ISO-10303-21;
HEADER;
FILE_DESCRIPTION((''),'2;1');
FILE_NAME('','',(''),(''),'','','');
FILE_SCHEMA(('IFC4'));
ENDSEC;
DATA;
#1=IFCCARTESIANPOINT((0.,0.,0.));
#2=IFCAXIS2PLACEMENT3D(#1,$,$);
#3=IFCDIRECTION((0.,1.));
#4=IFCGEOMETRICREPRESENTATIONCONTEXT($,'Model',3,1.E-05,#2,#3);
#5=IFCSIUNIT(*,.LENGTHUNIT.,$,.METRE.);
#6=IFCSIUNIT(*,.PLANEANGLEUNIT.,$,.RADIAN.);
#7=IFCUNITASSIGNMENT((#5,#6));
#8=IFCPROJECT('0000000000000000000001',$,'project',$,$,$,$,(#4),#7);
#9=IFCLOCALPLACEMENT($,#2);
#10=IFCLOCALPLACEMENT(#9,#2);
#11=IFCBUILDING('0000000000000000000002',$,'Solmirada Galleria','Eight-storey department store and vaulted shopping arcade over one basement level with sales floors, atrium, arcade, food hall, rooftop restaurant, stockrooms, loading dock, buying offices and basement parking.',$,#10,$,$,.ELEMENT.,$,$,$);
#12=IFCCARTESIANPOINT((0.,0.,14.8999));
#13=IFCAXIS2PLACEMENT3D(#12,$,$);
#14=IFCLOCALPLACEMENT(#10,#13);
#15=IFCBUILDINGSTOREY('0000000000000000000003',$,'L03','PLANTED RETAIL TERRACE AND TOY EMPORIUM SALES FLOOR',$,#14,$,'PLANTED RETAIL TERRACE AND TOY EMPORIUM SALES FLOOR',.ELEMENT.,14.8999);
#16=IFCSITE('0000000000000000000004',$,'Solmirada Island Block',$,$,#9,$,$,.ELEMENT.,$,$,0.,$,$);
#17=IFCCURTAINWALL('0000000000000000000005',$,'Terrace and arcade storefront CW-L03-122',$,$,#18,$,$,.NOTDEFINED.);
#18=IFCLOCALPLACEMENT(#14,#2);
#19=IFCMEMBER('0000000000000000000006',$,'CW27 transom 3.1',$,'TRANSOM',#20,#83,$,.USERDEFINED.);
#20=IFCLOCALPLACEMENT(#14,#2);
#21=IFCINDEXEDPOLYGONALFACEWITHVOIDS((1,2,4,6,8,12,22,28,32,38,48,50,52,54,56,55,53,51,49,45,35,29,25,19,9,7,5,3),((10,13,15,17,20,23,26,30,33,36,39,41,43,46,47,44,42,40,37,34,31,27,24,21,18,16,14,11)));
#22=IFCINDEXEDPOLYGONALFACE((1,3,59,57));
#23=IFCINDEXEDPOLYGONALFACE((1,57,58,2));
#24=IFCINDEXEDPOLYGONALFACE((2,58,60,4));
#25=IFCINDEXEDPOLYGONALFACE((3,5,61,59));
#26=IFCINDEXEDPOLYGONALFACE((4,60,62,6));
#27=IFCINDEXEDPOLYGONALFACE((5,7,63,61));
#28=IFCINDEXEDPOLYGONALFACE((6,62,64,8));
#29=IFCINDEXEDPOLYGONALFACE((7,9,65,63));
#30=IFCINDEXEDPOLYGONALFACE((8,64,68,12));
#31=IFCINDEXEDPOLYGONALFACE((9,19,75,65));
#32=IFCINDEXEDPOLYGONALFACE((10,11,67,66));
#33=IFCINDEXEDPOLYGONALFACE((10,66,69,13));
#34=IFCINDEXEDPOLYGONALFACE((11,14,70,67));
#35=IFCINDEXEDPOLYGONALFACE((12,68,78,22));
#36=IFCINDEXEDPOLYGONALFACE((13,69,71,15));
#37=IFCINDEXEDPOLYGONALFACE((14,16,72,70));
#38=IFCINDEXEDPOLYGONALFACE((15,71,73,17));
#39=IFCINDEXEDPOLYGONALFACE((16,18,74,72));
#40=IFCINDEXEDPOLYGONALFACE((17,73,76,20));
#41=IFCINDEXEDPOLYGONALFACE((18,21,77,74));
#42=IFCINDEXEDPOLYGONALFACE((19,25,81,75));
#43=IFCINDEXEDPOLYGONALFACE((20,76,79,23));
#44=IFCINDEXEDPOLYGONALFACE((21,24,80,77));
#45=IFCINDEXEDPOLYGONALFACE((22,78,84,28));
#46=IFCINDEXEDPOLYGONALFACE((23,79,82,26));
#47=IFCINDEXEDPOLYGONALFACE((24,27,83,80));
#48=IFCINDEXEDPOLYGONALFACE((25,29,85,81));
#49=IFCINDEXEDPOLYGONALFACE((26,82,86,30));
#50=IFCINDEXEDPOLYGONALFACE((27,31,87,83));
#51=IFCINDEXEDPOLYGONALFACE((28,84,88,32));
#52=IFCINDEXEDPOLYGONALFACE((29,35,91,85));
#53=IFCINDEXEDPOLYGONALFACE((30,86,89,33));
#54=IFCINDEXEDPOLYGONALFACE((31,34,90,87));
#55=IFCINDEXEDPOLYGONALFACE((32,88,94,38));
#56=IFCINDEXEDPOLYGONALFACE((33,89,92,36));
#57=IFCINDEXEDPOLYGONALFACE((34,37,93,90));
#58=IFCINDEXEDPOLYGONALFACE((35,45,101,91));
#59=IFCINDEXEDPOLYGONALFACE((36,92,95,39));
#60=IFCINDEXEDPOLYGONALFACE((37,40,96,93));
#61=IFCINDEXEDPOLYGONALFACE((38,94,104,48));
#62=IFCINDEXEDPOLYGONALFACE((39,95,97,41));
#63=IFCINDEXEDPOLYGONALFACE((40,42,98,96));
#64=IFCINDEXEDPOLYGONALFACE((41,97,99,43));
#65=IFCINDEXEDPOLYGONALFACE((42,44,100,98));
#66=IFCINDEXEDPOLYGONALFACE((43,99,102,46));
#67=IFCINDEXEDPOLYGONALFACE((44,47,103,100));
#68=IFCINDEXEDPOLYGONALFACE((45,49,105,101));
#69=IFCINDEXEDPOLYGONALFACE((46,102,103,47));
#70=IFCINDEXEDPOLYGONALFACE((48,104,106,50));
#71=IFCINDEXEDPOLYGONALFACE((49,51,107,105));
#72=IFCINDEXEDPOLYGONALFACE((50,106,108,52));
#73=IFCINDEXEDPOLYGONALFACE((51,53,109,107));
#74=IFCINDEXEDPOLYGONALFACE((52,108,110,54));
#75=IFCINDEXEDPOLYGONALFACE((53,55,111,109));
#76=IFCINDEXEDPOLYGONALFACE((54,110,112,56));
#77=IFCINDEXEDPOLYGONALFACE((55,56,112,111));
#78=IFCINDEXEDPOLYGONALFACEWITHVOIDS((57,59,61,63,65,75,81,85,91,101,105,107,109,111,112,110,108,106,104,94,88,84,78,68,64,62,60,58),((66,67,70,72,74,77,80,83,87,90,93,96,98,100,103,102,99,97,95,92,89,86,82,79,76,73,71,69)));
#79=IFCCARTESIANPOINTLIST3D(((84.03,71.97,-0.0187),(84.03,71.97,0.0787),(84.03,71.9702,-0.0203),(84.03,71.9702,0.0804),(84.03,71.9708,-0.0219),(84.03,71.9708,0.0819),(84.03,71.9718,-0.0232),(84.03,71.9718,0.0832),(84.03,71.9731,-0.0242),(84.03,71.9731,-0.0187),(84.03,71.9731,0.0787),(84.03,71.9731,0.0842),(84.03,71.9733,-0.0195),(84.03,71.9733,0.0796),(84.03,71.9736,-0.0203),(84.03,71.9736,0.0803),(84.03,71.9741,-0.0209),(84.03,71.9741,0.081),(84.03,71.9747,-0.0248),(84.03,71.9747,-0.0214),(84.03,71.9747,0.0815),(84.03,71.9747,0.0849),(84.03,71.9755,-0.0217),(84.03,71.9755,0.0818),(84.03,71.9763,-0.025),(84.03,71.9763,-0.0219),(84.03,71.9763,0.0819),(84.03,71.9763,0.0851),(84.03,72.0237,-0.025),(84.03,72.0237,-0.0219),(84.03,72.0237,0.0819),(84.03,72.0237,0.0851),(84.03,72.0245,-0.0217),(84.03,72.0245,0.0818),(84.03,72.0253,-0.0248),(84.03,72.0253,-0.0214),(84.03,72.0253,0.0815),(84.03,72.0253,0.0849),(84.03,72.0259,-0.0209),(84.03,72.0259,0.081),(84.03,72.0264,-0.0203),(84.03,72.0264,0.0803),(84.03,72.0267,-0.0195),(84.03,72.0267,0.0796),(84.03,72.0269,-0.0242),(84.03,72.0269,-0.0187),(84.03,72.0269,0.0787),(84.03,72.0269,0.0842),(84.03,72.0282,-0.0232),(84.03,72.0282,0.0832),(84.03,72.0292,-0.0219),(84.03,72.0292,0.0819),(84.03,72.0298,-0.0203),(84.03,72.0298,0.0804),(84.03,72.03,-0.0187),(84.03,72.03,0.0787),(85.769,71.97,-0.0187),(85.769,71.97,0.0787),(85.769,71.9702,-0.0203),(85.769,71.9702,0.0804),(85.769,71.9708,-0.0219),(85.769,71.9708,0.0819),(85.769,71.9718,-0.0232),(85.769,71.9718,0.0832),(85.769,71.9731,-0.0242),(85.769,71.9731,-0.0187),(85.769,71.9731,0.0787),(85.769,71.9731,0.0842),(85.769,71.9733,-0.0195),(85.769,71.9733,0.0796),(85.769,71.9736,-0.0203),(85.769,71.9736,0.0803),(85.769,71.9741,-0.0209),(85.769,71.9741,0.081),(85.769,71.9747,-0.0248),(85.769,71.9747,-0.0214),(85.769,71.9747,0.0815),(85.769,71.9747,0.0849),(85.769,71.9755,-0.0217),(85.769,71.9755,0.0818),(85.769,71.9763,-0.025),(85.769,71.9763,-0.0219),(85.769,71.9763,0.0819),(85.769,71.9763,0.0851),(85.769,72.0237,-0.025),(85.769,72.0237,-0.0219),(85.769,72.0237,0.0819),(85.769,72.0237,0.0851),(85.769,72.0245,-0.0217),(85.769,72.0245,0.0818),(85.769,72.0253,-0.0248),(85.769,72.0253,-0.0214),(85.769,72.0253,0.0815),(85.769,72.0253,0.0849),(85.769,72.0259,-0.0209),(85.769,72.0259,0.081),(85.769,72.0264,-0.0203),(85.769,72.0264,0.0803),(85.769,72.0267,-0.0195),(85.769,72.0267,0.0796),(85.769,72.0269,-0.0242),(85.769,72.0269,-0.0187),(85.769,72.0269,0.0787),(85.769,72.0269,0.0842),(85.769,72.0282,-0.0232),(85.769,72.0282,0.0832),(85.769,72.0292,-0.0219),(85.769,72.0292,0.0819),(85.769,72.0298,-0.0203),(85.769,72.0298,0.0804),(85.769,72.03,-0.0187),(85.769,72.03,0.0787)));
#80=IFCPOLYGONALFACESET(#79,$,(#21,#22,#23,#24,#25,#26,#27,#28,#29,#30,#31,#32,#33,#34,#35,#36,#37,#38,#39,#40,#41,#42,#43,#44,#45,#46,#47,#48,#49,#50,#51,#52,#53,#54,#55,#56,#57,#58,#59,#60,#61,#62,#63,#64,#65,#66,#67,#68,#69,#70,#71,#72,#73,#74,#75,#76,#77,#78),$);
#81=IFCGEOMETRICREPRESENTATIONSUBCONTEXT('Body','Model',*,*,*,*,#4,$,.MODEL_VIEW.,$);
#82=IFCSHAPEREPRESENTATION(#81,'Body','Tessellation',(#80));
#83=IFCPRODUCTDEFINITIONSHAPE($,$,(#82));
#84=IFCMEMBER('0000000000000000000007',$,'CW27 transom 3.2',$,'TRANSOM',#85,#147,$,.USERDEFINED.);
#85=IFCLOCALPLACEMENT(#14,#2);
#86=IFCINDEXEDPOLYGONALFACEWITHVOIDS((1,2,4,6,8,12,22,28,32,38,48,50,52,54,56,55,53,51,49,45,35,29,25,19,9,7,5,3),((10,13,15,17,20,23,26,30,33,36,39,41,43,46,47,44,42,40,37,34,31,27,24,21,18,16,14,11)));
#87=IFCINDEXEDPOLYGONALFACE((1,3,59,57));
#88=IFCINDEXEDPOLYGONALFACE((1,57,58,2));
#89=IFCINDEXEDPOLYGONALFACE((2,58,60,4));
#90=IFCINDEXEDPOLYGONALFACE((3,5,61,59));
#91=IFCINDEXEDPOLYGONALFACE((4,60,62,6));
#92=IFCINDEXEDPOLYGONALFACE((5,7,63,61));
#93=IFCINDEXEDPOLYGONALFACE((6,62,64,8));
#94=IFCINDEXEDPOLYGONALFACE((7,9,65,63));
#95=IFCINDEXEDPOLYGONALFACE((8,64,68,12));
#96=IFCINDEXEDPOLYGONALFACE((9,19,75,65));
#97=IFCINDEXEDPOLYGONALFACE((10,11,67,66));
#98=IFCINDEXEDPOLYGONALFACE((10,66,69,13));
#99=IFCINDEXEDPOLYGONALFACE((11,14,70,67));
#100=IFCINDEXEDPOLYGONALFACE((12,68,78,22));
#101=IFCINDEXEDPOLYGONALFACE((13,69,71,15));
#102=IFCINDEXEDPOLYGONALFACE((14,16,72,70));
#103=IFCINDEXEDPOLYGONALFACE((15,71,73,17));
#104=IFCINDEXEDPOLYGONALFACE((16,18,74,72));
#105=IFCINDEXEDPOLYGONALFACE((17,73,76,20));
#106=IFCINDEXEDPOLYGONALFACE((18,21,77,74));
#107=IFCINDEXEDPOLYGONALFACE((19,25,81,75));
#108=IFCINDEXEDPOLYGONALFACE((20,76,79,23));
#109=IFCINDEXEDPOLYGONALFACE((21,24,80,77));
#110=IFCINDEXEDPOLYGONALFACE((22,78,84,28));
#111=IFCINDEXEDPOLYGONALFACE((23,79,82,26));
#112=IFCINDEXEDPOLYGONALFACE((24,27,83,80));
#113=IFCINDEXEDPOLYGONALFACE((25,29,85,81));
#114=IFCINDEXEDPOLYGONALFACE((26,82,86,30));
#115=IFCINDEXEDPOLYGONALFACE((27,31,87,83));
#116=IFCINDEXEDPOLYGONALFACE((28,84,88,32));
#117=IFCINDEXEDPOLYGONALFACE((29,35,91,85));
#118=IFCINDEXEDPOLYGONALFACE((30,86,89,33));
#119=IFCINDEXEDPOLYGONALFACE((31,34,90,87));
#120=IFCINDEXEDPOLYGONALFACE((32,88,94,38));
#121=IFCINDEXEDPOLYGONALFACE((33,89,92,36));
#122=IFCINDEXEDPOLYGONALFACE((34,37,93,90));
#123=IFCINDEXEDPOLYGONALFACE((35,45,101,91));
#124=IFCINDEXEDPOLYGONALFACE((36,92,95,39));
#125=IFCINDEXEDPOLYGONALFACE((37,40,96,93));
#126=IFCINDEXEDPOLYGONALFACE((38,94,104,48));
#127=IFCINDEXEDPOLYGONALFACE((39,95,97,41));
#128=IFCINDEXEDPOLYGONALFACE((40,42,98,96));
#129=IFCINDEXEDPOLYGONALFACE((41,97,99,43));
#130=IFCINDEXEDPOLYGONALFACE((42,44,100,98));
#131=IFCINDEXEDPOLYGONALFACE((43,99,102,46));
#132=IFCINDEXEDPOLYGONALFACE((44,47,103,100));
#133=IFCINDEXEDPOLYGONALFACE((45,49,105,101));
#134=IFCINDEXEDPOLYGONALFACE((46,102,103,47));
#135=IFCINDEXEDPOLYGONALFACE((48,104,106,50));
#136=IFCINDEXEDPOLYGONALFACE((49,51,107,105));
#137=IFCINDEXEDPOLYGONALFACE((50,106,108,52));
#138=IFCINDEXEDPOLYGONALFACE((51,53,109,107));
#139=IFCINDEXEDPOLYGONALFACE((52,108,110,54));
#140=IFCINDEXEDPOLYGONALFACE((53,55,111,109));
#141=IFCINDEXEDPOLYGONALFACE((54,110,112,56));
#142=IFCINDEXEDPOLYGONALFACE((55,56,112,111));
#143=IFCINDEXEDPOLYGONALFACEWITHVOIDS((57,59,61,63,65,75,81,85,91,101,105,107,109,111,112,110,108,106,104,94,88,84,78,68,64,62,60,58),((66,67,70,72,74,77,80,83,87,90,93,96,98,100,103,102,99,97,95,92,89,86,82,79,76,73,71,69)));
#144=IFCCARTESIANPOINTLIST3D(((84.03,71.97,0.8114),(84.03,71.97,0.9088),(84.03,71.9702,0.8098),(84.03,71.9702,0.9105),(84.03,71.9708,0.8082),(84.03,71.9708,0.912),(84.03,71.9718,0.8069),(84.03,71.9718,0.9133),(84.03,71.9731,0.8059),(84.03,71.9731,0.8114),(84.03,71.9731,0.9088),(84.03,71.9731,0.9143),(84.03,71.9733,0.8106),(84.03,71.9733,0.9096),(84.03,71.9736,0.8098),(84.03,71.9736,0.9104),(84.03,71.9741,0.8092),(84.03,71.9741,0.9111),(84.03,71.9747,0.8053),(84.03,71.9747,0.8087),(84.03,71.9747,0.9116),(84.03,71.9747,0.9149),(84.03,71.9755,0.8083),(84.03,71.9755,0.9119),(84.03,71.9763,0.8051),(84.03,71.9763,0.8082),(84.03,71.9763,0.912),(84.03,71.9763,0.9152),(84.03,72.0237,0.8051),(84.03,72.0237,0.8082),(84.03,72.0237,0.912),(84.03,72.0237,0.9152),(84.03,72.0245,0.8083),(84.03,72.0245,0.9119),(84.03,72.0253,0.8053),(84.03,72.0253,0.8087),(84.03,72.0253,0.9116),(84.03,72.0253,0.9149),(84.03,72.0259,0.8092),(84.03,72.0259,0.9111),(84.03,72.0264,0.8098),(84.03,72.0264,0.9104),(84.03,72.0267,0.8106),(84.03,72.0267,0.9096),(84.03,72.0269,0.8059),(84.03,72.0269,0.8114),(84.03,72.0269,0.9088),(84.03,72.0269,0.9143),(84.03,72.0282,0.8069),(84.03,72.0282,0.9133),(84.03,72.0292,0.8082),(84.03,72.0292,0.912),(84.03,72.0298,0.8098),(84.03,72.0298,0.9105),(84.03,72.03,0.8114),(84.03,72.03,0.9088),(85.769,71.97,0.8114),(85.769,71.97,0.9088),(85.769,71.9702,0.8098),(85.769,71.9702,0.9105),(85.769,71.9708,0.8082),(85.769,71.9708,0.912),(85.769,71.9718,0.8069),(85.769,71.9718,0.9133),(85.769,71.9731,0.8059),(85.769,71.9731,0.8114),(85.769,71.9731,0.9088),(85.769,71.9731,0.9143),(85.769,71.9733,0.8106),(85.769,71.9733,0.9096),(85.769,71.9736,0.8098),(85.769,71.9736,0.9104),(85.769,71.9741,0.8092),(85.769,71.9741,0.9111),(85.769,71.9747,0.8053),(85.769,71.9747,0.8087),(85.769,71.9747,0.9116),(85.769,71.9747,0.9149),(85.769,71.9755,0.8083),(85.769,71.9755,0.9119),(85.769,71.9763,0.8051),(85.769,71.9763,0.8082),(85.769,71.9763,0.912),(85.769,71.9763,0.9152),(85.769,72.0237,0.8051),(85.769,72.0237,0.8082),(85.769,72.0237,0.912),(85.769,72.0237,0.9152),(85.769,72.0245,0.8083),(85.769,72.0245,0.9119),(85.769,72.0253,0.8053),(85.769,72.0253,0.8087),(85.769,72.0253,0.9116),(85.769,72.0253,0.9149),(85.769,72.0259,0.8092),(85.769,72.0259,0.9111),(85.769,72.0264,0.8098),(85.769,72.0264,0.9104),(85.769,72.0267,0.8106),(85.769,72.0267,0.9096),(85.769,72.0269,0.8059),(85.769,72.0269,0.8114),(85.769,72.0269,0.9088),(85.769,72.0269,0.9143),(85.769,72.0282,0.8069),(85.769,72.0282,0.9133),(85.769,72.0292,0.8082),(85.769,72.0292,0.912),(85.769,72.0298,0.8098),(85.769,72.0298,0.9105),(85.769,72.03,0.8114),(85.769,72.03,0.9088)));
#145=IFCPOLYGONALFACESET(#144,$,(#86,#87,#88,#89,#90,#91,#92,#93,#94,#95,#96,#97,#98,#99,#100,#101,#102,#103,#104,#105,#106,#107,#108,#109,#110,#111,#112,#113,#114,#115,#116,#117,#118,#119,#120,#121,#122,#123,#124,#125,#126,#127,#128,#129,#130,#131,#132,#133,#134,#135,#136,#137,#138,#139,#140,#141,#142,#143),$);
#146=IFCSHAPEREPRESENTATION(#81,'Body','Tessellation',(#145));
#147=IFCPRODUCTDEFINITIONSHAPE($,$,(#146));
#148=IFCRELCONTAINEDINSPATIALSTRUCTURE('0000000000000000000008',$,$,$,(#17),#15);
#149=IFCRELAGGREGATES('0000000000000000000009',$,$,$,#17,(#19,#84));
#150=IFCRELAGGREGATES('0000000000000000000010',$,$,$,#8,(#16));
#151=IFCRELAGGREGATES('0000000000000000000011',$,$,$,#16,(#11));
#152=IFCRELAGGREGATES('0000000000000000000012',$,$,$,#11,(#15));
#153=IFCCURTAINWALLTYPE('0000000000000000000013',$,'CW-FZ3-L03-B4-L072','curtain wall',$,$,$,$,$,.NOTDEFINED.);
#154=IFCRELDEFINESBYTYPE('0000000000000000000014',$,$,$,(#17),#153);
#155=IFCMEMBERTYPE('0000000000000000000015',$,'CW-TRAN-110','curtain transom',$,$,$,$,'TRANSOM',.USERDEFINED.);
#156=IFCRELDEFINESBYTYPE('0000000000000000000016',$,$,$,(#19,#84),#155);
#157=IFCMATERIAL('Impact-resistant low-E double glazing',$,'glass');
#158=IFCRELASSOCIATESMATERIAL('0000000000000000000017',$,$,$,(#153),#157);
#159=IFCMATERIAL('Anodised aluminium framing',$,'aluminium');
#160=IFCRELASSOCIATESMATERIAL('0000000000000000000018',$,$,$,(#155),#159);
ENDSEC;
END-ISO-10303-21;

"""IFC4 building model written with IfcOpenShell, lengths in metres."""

from ifc_helpers import new_model, si_unit, direction, frame, origin, origin_2d, place, context, subcontext, project, spatial, hollow_rectangle, extrude, material, material_profile, profile_set, type_object, element, aggregate, save


model = new_model("IFC4")

# Units and contexts
model_context = context("Model", 3, precision=1e-05, world=origin(), true_north=direction((0.0, 1.0)))
body_context = subcontext(model_context, "Body", "Model", "MODEL_VIEW")
ifc_project = project(units=[si_unit("LENGTHUNIT", "METRE"), si_unit("PLANEANGLEUNIT", "RADIAN")], contexts=[model_context])

# Site, building, storey
site_placement = place(None, origin())
site = spatial("IfcSite", under=ifc_project, at=site_placement, Name="Solmirada Island Block", CompositionType="ELEMENT", RefElevation=0.0)
building_placement = place(site_placement, origin())
building = spatial("IfcBuilding", under=site, at=building_placement, Name="Solmirada Galleria", Description="Eight-storey department store and vaulted shopping arcade over one basement level with sales floors, atrium, arcade, food hall, rooftop restaurant, stockrooms, loading dock, buying offices and basement parking.", CompositionType="ELEMENT")
storey_placement = place(building_placement, frame((0.0, 0.0, 14.8999)))
storey = spatial("IfcBuildingStorey", under=building, at=storey_placement, Name="L03", Description="PLANTED RETAIL TERRACE AND TOY EMPORIUM SALES FLOOR", LongName="PLANTED RETAIL TERRACE AND TOY EMPORIUM SALES FLOOR", CompositionType="ELEMENT", Elevation=14.8999)

# Shared definitions
ifc_material_1 = material(Name="Impact-resistant low-E double glazing", Category="glass")
curtain_wall_type = type_object("IfcCurtainWallType", Name="CW-FZ3-L03-B4-L072", Description="curtain wall", PredefinedType="NOTDEFINED", material=ifc_material_1)
ifc_material_2 = material(Name="Anodised aluminium framing", Category="aluminium")

# Curtain wall, members
curtain_wall_1_placement = place(storey_placement, origin())
curtain_wall_1 = element("IfcCurtainWall", 1, at=curtain_wall_1_placement, inside=storey, type_object=curtain_wall_type, Name="Terrace and arcade storefront CW-L03-122", PredefinedType="NOTDEFINED")
ifc_material_profile_1 = material_profile(ifc_material_2, hollow_rectangle(XDim=0.0601, YDim=0.1101, WallThickness=0.0032, InnerFilletRadius=0.0032, OuterFilletRadius=0.0063, at=origin_2d()), Name="ALU-TRAN-110X60")
ifc_profile_set_1 = profile_set([ifc_material_profile_1], Name="Anodised aluminium framing")
member_type_1 = type_object("IfcMemberType", Name="CW-TRAN-110", Description="curtain transom", ElementType="TRANSOM", PredefinedType="USERDEFINED", material=ifc_profile_set_1)
member_1_placement = place(storey_placement, frame((84.03, 72.0, 0.03), z_axis=(1.0, 0.0, 0.0), x_axis=(0.0, 1.0, 0.0)))
member_1 = element("IfcMember", 2, at=member_1_placement, type_object=member_type_1, Name="CW27 transom 3.1", ObjectType="TRANSOM", PredefinedType="USERDEFINED", context=body_context, shape_type="SweptSolid", body=[
    extrude(hollow_rectangle(XDim=0.0601, YDim=0.1101, WallThickness=0.0032, InnerFilletRadius=0.0032, OuterFilletRadius=0.0063, at=origin_2d()), origin(), (0.0, 0.0, 1.0), 1.739),
])
member_2_placement = place(storey_placement, frame((84.03, 72.0, 0.8601), z_axis=(1.0, 0.0, 0.0), x_axis=(0.0, 1.0, 0.0)))
member_2 = element("IfcMember", 3, at=member_2_placement, type_object=member_type_1, Name="CW27 transom 3.2", ObjectType="TRANSOM", PredefinedType="USERDEFINED", context=body_context, shape_type="SweptSolid", body=[
    extrude(hollow_rectangle(XDim=0.0601, YDim=0.1101, WallThickness=0.0032, InnerFilletRadius=0.0032, OuterFilletRadius=0.0063, at=origin_2d()), origin(), (0.0, 0.0, 1.0), 1.739),
])
aggregate(curtain_wall_1, [member_1, member_2])

save(model, "model.ifc")
